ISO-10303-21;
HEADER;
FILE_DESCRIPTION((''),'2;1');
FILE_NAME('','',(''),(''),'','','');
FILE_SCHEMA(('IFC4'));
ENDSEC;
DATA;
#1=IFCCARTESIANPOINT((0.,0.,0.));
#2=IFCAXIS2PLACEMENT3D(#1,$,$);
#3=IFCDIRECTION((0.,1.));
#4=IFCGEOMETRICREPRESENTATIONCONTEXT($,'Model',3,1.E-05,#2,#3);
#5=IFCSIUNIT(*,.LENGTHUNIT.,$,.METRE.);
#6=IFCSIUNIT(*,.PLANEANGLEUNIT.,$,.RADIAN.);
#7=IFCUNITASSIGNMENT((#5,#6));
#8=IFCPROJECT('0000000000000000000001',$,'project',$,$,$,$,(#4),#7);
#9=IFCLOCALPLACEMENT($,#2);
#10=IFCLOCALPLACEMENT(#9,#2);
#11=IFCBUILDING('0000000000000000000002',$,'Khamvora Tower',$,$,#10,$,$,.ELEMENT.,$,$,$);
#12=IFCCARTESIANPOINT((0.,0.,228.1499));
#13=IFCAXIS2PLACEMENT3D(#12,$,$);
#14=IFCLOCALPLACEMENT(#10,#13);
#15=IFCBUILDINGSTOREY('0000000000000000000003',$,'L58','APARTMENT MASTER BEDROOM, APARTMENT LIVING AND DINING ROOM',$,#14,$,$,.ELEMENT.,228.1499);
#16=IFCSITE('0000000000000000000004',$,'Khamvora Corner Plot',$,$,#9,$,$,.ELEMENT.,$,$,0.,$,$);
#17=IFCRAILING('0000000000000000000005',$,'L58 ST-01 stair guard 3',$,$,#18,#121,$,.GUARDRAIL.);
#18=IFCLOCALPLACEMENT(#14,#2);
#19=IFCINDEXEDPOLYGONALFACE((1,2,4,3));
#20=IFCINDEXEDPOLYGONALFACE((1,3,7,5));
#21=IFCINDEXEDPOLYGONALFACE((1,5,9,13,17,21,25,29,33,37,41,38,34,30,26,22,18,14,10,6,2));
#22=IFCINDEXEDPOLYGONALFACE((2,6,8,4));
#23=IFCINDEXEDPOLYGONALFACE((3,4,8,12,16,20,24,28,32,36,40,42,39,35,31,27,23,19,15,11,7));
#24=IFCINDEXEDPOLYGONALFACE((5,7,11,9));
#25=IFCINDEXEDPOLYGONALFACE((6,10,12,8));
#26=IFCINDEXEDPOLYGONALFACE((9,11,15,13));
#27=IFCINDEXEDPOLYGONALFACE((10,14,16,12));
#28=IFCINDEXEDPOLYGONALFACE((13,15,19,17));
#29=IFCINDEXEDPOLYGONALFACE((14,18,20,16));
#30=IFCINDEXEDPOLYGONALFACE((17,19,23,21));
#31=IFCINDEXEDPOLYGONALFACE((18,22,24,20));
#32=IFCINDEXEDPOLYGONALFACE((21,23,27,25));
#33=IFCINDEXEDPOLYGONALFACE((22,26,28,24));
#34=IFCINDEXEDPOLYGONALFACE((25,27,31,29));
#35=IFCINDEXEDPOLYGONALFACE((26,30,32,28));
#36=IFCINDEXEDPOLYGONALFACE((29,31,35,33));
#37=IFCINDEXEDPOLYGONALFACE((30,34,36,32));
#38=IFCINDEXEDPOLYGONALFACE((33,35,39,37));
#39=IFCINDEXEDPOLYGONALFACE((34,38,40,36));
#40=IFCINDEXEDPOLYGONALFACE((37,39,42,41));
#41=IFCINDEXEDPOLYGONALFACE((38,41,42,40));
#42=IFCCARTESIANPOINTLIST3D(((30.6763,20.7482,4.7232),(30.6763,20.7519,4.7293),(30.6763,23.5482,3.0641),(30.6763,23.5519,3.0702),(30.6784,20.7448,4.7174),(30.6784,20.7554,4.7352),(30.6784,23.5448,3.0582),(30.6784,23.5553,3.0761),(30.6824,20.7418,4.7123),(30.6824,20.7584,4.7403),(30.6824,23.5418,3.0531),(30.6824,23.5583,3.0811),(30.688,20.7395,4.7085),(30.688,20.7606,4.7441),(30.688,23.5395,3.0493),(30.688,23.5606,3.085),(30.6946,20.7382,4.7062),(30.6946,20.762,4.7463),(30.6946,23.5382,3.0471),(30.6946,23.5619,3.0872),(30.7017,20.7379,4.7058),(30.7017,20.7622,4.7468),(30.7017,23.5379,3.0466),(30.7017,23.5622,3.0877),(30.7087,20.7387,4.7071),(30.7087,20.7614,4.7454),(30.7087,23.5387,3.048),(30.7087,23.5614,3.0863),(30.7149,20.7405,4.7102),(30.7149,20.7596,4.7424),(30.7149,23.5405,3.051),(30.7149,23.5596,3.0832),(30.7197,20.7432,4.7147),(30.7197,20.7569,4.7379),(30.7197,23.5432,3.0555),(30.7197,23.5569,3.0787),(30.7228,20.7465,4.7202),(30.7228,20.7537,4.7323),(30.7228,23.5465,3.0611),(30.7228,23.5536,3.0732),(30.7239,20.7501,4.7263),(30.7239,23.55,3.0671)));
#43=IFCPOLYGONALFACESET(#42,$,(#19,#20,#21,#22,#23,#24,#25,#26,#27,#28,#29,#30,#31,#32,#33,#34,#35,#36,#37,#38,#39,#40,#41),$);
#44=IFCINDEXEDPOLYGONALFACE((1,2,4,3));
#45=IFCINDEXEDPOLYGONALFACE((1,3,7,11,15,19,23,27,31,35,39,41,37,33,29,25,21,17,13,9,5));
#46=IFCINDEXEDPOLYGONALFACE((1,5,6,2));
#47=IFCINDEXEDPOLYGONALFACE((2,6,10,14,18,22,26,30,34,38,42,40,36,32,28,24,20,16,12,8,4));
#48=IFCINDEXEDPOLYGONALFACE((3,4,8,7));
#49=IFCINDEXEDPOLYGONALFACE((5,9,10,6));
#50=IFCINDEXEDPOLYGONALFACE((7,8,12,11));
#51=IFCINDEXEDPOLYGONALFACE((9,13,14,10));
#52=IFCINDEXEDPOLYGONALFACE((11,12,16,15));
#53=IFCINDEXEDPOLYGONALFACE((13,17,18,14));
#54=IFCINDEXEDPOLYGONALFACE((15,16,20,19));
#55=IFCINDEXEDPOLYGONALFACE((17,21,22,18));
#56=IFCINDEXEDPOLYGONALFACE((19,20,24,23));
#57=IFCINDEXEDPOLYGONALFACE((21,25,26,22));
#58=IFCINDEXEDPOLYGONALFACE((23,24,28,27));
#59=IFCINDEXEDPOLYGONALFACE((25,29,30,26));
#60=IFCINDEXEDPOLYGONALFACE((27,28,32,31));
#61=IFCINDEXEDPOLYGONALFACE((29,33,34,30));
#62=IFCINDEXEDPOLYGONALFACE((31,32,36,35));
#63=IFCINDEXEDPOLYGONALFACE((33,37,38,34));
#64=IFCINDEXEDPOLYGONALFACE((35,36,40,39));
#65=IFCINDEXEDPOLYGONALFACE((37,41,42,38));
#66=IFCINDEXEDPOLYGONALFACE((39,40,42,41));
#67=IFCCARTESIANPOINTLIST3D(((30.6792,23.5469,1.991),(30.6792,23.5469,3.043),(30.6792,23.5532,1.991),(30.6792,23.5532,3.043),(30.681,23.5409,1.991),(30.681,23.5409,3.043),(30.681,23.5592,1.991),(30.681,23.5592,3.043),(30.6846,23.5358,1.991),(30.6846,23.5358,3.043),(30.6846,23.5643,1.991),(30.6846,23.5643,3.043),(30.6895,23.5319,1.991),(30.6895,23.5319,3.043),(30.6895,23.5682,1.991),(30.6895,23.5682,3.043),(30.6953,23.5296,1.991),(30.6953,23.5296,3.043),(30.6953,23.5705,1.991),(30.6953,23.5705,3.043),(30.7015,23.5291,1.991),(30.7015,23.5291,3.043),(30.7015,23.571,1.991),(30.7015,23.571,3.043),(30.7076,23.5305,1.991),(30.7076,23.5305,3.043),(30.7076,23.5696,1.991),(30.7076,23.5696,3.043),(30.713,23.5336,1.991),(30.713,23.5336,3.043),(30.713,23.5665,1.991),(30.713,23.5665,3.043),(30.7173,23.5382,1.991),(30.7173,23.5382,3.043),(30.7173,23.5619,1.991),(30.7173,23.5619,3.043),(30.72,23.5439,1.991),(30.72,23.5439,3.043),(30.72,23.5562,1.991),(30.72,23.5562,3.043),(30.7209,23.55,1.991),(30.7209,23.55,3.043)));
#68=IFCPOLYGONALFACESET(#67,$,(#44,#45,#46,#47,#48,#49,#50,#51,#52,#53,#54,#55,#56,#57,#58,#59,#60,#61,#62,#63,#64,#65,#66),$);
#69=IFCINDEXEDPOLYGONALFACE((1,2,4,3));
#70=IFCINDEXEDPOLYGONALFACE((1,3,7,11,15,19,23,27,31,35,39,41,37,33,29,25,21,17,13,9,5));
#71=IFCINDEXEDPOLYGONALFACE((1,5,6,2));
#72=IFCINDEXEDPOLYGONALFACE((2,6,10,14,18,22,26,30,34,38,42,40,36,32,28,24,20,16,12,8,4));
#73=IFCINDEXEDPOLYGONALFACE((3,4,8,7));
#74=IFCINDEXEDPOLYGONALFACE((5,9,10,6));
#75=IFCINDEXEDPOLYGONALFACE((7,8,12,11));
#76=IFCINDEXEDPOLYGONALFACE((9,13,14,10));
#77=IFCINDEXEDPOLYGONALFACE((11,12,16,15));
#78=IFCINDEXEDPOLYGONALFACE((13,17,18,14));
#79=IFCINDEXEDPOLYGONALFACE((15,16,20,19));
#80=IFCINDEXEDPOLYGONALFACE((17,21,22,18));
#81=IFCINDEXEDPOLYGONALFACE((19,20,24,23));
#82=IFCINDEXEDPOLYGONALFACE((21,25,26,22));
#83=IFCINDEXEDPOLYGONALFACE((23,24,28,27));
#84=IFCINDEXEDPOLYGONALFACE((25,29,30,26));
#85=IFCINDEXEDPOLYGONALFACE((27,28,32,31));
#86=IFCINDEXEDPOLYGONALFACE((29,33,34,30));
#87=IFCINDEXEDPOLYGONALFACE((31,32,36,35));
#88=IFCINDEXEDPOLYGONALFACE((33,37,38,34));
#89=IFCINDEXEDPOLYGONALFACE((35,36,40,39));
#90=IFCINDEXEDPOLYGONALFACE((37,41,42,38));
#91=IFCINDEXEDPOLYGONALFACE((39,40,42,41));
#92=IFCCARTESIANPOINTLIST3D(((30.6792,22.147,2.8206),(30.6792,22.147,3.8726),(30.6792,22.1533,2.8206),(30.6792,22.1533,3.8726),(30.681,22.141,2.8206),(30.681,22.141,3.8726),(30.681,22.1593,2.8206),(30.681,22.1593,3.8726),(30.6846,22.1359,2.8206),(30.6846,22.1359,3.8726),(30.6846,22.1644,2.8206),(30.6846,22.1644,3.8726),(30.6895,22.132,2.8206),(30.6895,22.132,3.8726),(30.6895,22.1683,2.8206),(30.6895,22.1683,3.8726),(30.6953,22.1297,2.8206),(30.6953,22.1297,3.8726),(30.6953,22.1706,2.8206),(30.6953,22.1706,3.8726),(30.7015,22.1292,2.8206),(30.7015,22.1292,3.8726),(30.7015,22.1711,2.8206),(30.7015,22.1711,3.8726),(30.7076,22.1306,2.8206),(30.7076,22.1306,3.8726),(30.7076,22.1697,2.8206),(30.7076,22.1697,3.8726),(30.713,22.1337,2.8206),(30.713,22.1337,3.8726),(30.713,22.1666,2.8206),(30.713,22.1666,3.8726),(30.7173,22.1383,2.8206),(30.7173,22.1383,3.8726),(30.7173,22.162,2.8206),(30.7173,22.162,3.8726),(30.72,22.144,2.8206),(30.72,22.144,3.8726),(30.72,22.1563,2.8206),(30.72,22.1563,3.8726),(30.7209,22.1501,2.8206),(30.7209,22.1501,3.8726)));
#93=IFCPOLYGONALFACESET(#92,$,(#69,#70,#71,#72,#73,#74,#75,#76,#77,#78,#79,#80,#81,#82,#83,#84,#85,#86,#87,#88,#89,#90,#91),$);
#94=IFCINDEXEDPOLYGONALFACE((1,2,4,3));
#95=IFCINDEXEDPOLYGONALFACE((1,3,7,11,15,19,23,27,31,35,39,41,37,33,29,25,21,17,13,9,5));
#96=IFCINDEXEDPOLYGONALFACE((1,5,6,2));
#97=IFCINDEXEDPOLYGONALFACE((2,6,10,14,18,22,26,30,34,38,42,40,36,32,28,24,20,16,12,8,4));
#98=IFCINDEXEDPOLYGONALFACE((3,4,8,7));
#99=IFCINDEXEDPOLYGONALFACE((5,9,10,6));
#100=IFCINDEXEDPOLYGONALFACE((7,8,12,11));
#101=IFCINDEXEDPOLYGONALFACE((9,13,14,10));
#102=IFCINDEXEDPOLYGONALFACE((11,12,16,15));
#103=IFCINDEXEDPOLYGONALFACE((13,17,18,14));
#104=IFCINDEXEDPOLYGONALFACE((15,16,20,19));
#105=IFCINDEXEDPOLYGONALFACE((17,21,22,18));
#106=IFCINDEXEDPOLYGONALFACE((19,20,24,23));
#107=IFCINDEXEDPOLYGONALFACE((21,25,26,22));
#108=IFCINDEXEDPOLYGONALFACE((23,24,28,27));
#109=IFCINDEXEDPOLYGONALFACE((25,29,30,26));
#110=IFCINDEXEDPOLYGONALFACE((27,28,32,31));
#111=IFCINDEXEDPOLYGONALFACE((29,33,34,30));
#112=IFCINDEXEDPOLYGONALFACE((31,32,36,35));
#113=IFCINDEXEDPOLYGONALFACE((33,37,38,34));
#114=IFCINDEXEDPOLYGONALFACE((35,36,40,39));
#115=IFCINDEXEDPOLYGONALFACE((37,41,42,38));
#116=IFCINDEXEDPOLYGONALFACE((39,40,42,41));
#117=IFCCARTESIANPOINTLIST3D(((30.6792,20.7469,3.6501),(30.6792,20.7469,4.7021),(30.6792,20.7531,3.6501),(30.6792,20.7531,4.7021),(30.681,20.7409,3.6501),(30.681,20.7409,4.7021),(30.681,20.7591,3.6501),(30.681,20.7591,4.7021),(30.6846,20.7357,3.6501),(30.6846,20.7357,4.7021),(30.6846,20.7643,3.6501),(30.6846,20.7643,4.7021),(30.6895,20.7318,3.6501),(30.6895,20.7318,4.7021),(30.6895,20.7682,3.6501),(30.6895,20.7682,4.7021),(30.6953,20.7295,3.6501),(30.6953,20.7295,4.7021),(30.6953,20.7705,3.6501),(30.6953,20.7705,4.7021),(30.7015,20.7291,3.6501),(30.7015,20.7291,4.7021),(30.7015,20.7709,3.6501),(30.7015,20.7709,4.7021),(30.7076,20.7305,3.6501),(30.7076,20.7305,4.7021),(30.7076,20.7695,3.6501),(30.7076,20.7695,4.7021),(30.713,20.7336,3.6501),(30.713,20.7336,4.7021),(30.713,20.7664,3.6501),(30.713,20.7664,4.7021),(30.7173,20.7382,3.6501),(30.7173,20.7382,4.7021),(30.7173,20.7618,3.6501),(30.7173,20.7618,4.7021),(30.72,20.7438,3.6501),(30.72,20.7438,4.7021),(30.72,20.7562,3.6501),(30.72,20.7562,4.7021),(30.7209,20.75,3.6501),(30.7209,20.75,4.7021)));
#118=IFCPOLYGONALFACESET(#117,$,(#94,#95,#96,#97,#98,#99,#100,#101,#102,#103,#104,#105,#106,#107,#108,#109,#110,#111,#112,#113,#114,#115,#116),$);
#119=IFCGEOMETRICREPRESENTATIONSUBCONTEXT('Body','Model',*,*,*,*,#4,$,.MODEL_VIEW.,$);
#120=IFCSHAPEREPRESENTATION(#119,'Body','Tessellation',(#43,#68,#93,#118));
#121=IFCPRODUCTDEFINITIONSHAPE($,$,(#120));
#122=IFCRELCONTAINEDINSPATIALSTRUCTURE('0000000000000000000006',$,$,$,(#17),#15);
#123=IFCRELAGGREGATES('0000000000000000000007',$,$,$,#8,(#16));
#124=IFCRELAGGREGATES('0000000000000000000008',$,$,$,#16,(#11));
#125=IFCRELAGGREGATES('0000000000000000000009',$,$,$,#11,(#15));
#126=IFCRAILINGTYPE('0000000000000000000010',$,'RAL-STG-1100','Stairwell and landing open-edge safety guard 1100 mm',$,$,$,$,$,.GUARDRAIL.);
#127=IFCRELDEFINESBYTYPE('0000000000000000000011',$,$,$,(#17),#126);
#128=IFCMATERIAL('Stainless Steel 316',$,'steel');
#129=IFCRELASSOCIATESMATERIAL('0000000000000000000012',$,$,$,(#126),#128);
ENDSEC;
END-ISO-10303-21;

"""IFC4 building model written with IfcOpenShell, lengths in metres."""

from ifc_helpers import new_model, si_unit, direction, frame, origin, origin_2d, place, context, subcontext, project, spatial, circle, extrude, material, type_object, element, save


model = new_model("IFC4")

# Units and contexts
model_context = context("Model", 3, precision=1e-05, world=origin(), true_north=direction((0.0, 1.0)))
body_context = subcontext(model_context, "Body", "Model", "MODEL_VIEW")
ifc_project = project(units=[si_unit("LENGTHUNIT", "METRE"), si_unit("PLANEANGLEUNIT", "RADIAN")], contexts=[model_context])

# Site, building, storey
site_placement = place(None, origin())
site = spatial("IfcSite", under=ifc_project, at=site_placement, Name="Khamvora Corner Plot", CompositionType="ELEMENT", RefElevation=0.0)
building_placement = place(site_placement, origin())
building = spatial("IfcBuilding", under=site, at=building_placement, Name="Khamvora Tower", CompositionType="ELEMENT")
storey_placement = place(building_placement, frame((0.0, 0.0, 228.1499)))
storey = spatial("IfcBuildingStorey", under=building, at=storey_placement, Name="L58", Description="APARTMENT MASTER BEDROOM, APARTMENT LIVING AND DINING ROOM", CompositionType="ELEMENT", Elevation=228.1499)

# Railing
ifc_material_1 = material(Name="Stainless Steel 316", Category="steel")
railing_type_1 = type_object("IfcRailingType", Name="RAL-STG-1100", Description="Stairwell and landing open-edge safety guard 1100 mm", PredefinedType="GUARDRAIL", material=ifc_material_1)
railing_1_placement = place(storey_placement, frame((30.7, 23.55, 1.991)))
element("IfcRailing", 1, at=railing_1_placement, inside=storey, type_object=railing_type_1, Name="L58 ST-01 stair guard 3", PredefinedType="GUARDRAIL", context=body_context, shape_type="SweptSolid", body=[
    extrude(circle(Radius=0.0239, at=origin_2d()), frame((0.0, 0.0, 1.0762), z_axis=(0.0, -0.860306, 0.509778), x_axis=(1.0, 0.0, 0.0)), (0.0, 0.0, 1.0), 3.2546),
    extrude(circle(Radius=0.021, at=origin_2d()), origin(), (0.0, 0.0, 1.0), 1.052),
    extrude(circle(Radius=0.021, at=origin_2d()), frame((0.0, -1.3999, 0.8296)), (0.0, 0.0, 1.0), 1.052),
    extrude(circle(Radius=0.021, at=origin_2d()), frame((0.0, -2.8, 1.6592)), (0.0, 0.0, 1.0), 1.052),
])

save(model, "model.ifc")
